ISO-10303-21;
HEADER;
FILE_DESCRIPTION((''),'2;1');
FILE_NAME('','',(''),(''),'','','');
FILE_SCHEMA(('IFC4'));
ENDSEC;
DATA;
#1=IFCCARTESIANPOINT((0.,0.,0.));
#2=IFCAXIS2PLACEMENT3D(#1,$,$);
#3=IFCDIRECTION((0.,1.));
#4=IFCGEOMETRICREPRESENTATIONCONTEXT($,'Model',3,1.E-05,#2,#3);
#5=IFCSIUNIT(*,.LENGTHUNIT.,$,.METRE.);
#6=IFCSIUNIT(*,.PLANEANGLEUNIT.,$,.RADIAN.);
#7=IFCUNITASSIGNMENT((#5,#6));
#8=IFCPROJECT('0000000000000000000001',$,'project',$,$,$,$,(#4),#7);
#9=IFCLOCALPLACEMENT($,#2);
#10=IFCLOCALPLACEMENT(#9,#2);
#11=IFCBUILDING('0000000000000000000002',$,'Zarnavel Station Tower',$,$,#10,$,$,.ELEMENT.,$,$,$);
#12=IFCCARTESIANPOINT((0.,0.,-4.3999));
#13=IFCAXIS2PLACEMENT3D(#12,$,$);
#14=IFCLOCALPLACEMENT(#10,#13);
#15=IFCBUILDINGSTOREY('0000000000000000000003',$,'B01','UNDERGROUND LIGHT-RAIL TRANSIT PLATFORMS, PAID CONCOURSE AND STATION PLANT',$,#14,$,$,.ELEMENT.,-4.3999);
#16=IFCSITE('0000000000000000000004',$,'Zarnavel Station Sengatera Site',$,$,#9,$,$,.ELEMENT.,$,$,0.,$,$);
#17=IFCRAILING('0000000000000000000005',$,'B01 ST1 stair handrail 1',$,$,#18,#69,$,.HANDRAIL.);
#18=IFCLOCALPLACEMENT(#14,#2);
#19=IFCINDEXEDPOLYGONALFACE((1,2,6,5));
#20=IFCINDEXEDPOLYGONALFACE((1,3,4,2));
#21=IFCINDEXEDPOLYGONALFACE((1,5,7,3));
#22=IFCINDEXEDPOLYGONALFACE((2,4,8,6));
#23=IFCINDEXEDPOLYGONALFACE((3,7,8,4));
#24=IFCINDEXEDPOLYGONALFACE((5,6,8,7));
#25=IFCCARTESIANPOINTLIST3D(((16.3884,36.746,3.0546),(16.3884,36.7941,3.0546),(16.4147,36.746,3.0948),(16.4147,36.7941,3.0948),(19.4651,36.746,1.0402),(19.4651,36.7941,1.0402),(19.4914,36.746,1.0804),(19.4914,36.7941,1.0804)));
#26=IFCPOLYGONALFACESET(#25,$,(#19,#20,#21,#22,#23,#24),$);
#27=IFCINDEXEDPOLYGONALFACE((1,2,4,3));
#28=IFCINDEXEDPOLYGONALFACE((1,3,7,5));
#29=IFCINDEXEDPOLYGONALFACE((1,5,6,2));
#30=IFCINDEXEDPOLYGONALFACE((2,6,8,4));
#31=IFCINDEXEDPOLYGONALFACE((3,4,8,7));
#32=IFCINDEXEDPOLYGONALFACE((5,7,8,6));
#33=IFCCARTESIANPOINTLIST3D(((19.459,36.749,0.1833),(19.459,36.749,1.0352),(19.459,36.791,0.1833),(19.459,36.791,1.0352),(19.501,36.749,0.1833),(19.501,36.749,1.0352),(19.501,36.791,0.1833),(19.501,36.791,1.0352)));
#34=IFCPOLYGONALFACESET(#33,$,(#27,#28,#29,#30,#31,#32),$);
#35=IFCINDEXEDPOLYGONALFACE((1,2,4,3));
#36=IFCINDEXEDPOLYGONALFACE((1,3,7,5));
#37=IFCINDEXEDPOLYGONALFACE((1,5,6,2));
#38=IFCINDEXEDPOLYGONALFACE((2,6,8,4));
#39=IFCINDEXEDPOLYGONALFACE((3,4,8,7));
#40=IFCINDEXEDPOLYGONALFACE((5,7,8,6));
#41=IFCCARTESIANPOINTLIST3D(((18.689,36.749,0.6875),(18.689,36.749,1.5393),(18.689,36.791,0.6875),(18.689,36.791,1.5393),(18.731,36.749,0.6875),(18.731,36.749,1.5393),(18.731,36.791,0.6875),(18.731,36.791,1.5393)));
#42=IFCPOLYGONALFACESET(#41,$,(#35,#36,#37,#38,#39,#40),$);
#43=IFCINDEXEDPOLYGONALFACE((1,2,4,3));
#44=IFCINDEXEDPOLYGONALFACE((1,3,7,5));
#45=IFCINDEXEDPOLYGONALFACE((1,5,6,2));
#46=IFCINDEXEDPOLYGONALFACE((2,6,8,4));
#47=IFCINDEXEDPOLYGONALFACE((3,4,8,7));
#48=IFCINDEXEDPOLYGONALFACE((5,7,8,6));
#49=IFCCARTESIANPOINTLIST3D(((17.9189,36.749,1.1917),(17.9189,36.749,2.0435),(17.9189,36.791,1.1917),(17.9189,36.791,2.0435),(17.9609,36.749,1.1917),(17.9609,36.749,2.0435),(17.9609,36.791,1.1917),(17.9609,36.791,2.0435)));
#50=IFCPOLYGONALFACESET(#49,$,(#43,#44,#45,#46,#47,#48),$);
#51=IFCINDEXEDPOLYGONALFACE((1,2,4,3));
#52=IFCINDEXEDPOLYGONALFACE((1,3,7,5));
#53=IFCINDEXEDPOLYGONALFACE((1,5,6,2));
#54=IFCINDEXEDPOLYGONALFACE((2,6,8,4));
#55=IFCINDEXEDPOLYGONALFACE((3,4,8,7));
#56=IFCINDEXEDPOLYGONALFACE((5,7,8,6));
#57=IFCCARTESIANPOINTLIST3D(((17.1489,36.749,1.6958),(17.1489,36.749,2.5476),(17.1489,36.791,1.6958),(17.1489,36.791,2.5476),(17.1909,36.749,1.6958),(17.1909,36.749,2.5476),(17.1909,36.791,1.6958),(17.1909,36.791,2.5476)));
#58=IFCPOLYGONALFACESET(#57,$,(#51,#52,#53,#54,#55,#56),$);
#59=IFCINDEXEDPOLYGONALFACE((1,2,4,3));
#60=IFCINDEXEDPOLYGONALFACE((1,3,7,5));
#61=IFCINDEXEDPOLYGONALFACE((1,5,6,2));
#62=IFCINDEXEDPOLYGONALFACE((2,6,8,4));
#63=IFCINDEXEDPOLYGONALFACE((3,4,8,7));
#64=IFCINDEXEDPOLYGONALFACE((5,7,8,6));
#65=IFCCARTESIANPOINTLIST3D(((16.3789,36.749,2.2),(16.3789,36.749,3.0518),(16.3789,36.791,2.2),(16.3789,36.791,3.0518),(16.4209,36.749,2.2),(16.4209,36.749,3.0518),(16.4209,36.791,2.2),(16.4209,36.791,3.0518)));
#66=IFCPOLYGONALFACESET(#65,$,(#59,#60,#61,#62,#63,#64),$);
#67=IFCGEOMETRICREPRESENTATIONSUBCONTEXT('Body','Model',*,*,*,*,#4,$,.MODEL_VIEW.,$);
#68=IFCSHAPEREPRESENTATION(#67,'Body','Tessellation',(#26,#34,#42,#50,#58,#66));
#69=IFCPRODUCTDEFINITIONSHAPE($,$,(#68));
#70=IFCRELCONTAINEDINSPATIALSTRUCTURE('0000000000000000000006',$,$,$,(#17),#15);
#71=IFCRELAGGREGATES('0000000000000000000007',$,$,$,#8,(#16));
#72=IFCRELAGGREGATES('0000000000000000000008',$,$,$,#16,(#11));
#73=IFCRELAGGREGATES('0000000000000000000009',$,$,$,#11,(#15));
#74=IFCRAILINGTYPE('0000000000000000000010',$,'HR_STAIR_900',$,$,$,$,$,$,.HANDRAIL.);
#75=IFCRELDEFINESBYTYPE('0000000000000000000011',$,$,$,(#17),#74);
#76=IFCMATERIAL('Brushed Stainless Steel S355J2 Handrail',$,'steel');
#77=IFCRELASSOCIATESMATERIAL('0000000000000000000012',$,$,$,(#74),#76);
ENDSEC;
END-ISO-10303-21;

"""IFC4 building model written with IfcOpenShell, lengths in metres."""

from ifc_helpers import new_model, si_unit, direction, frame, origin, origin_2d, place, context, subcontext, project, spatial, rectangle, extrude, material, type_object, element, save


model = new_model("IFC4")

# Units and contexts
model_context = context("Model", 3, precision=1e-05, world=origin(), true_north=direction((0.0, 1.0)))
body_context = subcontext(model_context, "Body", "Model", "MODEL_VIEW")
ifc_project = project(units=[si_unit("LENGTHUNIT", "METRE"), si_unit("PLANEANGLEUNIT", "RADIAN")], contexts=[model_context])

# Site, building, storey
site_placement = place(None, origin())
site = spatial("IfcSite", under=ifc_project, at=site_placement, Name="Zarnavel Station Sengatera Site", CompositionType="ELEMENT", RefElevation=0.0)
building_placement = place(site_placement, origin())
building = spatial("IfcBuilding", under=site, at=building_placement, Name="Zarnavel Station Tower", CompositionType="ELEMENT")
storey_placement = place(building_placement, frame((0.0, 0.0, -4.3999)))
storey = spatial("IfcBuildingStorey", under=building, at=storey_placement, Name="B01", Description="UNDERGROUND LIGHT-RAIL TRANSIT PLATFORMS, PAID CONCOURSE AND STATION PLANT", CompositionType="ELEMENT", Elevation=-4.3999)

# Railing
ifc_material_1 = material(Name="Brushed Stainless Steel S355J2 Handrail", Category="steel")
railing_type_1 = type_object("IfcRailingType", Name="HR_STAIR_900", PredefinedType="HANDRAIL", material=ifc_material_1)
railing_1_placement = place(storey_placement, frame((19.48, 36.77, 0.1833)))
element("IfcRailing", 1, at=railing_1_placement, inside=storey, type_object=railing_type_1, Name="B01 ST1 stair handrail 1", PredefinedType="HANDRAIL", context=body_context, shape_type="SweptSolid", body=[
    extrude(rectangle(XDim=0.0481, YDim=0.0481, at=origin_2d()), frame((-0.0017, 0.0, 0.877), z_axis=(-0.836633, 0.0, 0.547764), x_axis=(0.0, -1.0, 0.0)), (0.0, 0.0, 1.0), 3.6775),
    extrude(rectangle(XDim=0.042, YDim=0.042, at=origin_2d()), origin(), (0.0, 0.0, 1.0), 0.8518),
    extrude(rectangle(XDim=0.042, YDim=0.042, at=origin_2d()), frame((-0.77, 0.0, 0.5042)), (0.0, 0.0, 1.0), 0.8518),
    extrude(rectangle(XDim=0.042, YDim=0.042, at=origin_2d()), frame((-1.54, 0.0, 1.0083)), (0.0, 0.0, 1.0), 0.8518),
    extrude(rectangle(XDim=0.042, YDim=0.042, at=origin_2d()), frame((-2.3101, 0.0, 1.5125)), (0.0, 0.0, 1.0), 0.8518),
    extrude(rectangle(XDim=0.042, YDim=0.042, at=origin_2d()), frame((-3.0801, 0.0, 2.0166)), (0.0, 0.0, 1.0), 0.8518),
])

save(model, "model.ifc")
